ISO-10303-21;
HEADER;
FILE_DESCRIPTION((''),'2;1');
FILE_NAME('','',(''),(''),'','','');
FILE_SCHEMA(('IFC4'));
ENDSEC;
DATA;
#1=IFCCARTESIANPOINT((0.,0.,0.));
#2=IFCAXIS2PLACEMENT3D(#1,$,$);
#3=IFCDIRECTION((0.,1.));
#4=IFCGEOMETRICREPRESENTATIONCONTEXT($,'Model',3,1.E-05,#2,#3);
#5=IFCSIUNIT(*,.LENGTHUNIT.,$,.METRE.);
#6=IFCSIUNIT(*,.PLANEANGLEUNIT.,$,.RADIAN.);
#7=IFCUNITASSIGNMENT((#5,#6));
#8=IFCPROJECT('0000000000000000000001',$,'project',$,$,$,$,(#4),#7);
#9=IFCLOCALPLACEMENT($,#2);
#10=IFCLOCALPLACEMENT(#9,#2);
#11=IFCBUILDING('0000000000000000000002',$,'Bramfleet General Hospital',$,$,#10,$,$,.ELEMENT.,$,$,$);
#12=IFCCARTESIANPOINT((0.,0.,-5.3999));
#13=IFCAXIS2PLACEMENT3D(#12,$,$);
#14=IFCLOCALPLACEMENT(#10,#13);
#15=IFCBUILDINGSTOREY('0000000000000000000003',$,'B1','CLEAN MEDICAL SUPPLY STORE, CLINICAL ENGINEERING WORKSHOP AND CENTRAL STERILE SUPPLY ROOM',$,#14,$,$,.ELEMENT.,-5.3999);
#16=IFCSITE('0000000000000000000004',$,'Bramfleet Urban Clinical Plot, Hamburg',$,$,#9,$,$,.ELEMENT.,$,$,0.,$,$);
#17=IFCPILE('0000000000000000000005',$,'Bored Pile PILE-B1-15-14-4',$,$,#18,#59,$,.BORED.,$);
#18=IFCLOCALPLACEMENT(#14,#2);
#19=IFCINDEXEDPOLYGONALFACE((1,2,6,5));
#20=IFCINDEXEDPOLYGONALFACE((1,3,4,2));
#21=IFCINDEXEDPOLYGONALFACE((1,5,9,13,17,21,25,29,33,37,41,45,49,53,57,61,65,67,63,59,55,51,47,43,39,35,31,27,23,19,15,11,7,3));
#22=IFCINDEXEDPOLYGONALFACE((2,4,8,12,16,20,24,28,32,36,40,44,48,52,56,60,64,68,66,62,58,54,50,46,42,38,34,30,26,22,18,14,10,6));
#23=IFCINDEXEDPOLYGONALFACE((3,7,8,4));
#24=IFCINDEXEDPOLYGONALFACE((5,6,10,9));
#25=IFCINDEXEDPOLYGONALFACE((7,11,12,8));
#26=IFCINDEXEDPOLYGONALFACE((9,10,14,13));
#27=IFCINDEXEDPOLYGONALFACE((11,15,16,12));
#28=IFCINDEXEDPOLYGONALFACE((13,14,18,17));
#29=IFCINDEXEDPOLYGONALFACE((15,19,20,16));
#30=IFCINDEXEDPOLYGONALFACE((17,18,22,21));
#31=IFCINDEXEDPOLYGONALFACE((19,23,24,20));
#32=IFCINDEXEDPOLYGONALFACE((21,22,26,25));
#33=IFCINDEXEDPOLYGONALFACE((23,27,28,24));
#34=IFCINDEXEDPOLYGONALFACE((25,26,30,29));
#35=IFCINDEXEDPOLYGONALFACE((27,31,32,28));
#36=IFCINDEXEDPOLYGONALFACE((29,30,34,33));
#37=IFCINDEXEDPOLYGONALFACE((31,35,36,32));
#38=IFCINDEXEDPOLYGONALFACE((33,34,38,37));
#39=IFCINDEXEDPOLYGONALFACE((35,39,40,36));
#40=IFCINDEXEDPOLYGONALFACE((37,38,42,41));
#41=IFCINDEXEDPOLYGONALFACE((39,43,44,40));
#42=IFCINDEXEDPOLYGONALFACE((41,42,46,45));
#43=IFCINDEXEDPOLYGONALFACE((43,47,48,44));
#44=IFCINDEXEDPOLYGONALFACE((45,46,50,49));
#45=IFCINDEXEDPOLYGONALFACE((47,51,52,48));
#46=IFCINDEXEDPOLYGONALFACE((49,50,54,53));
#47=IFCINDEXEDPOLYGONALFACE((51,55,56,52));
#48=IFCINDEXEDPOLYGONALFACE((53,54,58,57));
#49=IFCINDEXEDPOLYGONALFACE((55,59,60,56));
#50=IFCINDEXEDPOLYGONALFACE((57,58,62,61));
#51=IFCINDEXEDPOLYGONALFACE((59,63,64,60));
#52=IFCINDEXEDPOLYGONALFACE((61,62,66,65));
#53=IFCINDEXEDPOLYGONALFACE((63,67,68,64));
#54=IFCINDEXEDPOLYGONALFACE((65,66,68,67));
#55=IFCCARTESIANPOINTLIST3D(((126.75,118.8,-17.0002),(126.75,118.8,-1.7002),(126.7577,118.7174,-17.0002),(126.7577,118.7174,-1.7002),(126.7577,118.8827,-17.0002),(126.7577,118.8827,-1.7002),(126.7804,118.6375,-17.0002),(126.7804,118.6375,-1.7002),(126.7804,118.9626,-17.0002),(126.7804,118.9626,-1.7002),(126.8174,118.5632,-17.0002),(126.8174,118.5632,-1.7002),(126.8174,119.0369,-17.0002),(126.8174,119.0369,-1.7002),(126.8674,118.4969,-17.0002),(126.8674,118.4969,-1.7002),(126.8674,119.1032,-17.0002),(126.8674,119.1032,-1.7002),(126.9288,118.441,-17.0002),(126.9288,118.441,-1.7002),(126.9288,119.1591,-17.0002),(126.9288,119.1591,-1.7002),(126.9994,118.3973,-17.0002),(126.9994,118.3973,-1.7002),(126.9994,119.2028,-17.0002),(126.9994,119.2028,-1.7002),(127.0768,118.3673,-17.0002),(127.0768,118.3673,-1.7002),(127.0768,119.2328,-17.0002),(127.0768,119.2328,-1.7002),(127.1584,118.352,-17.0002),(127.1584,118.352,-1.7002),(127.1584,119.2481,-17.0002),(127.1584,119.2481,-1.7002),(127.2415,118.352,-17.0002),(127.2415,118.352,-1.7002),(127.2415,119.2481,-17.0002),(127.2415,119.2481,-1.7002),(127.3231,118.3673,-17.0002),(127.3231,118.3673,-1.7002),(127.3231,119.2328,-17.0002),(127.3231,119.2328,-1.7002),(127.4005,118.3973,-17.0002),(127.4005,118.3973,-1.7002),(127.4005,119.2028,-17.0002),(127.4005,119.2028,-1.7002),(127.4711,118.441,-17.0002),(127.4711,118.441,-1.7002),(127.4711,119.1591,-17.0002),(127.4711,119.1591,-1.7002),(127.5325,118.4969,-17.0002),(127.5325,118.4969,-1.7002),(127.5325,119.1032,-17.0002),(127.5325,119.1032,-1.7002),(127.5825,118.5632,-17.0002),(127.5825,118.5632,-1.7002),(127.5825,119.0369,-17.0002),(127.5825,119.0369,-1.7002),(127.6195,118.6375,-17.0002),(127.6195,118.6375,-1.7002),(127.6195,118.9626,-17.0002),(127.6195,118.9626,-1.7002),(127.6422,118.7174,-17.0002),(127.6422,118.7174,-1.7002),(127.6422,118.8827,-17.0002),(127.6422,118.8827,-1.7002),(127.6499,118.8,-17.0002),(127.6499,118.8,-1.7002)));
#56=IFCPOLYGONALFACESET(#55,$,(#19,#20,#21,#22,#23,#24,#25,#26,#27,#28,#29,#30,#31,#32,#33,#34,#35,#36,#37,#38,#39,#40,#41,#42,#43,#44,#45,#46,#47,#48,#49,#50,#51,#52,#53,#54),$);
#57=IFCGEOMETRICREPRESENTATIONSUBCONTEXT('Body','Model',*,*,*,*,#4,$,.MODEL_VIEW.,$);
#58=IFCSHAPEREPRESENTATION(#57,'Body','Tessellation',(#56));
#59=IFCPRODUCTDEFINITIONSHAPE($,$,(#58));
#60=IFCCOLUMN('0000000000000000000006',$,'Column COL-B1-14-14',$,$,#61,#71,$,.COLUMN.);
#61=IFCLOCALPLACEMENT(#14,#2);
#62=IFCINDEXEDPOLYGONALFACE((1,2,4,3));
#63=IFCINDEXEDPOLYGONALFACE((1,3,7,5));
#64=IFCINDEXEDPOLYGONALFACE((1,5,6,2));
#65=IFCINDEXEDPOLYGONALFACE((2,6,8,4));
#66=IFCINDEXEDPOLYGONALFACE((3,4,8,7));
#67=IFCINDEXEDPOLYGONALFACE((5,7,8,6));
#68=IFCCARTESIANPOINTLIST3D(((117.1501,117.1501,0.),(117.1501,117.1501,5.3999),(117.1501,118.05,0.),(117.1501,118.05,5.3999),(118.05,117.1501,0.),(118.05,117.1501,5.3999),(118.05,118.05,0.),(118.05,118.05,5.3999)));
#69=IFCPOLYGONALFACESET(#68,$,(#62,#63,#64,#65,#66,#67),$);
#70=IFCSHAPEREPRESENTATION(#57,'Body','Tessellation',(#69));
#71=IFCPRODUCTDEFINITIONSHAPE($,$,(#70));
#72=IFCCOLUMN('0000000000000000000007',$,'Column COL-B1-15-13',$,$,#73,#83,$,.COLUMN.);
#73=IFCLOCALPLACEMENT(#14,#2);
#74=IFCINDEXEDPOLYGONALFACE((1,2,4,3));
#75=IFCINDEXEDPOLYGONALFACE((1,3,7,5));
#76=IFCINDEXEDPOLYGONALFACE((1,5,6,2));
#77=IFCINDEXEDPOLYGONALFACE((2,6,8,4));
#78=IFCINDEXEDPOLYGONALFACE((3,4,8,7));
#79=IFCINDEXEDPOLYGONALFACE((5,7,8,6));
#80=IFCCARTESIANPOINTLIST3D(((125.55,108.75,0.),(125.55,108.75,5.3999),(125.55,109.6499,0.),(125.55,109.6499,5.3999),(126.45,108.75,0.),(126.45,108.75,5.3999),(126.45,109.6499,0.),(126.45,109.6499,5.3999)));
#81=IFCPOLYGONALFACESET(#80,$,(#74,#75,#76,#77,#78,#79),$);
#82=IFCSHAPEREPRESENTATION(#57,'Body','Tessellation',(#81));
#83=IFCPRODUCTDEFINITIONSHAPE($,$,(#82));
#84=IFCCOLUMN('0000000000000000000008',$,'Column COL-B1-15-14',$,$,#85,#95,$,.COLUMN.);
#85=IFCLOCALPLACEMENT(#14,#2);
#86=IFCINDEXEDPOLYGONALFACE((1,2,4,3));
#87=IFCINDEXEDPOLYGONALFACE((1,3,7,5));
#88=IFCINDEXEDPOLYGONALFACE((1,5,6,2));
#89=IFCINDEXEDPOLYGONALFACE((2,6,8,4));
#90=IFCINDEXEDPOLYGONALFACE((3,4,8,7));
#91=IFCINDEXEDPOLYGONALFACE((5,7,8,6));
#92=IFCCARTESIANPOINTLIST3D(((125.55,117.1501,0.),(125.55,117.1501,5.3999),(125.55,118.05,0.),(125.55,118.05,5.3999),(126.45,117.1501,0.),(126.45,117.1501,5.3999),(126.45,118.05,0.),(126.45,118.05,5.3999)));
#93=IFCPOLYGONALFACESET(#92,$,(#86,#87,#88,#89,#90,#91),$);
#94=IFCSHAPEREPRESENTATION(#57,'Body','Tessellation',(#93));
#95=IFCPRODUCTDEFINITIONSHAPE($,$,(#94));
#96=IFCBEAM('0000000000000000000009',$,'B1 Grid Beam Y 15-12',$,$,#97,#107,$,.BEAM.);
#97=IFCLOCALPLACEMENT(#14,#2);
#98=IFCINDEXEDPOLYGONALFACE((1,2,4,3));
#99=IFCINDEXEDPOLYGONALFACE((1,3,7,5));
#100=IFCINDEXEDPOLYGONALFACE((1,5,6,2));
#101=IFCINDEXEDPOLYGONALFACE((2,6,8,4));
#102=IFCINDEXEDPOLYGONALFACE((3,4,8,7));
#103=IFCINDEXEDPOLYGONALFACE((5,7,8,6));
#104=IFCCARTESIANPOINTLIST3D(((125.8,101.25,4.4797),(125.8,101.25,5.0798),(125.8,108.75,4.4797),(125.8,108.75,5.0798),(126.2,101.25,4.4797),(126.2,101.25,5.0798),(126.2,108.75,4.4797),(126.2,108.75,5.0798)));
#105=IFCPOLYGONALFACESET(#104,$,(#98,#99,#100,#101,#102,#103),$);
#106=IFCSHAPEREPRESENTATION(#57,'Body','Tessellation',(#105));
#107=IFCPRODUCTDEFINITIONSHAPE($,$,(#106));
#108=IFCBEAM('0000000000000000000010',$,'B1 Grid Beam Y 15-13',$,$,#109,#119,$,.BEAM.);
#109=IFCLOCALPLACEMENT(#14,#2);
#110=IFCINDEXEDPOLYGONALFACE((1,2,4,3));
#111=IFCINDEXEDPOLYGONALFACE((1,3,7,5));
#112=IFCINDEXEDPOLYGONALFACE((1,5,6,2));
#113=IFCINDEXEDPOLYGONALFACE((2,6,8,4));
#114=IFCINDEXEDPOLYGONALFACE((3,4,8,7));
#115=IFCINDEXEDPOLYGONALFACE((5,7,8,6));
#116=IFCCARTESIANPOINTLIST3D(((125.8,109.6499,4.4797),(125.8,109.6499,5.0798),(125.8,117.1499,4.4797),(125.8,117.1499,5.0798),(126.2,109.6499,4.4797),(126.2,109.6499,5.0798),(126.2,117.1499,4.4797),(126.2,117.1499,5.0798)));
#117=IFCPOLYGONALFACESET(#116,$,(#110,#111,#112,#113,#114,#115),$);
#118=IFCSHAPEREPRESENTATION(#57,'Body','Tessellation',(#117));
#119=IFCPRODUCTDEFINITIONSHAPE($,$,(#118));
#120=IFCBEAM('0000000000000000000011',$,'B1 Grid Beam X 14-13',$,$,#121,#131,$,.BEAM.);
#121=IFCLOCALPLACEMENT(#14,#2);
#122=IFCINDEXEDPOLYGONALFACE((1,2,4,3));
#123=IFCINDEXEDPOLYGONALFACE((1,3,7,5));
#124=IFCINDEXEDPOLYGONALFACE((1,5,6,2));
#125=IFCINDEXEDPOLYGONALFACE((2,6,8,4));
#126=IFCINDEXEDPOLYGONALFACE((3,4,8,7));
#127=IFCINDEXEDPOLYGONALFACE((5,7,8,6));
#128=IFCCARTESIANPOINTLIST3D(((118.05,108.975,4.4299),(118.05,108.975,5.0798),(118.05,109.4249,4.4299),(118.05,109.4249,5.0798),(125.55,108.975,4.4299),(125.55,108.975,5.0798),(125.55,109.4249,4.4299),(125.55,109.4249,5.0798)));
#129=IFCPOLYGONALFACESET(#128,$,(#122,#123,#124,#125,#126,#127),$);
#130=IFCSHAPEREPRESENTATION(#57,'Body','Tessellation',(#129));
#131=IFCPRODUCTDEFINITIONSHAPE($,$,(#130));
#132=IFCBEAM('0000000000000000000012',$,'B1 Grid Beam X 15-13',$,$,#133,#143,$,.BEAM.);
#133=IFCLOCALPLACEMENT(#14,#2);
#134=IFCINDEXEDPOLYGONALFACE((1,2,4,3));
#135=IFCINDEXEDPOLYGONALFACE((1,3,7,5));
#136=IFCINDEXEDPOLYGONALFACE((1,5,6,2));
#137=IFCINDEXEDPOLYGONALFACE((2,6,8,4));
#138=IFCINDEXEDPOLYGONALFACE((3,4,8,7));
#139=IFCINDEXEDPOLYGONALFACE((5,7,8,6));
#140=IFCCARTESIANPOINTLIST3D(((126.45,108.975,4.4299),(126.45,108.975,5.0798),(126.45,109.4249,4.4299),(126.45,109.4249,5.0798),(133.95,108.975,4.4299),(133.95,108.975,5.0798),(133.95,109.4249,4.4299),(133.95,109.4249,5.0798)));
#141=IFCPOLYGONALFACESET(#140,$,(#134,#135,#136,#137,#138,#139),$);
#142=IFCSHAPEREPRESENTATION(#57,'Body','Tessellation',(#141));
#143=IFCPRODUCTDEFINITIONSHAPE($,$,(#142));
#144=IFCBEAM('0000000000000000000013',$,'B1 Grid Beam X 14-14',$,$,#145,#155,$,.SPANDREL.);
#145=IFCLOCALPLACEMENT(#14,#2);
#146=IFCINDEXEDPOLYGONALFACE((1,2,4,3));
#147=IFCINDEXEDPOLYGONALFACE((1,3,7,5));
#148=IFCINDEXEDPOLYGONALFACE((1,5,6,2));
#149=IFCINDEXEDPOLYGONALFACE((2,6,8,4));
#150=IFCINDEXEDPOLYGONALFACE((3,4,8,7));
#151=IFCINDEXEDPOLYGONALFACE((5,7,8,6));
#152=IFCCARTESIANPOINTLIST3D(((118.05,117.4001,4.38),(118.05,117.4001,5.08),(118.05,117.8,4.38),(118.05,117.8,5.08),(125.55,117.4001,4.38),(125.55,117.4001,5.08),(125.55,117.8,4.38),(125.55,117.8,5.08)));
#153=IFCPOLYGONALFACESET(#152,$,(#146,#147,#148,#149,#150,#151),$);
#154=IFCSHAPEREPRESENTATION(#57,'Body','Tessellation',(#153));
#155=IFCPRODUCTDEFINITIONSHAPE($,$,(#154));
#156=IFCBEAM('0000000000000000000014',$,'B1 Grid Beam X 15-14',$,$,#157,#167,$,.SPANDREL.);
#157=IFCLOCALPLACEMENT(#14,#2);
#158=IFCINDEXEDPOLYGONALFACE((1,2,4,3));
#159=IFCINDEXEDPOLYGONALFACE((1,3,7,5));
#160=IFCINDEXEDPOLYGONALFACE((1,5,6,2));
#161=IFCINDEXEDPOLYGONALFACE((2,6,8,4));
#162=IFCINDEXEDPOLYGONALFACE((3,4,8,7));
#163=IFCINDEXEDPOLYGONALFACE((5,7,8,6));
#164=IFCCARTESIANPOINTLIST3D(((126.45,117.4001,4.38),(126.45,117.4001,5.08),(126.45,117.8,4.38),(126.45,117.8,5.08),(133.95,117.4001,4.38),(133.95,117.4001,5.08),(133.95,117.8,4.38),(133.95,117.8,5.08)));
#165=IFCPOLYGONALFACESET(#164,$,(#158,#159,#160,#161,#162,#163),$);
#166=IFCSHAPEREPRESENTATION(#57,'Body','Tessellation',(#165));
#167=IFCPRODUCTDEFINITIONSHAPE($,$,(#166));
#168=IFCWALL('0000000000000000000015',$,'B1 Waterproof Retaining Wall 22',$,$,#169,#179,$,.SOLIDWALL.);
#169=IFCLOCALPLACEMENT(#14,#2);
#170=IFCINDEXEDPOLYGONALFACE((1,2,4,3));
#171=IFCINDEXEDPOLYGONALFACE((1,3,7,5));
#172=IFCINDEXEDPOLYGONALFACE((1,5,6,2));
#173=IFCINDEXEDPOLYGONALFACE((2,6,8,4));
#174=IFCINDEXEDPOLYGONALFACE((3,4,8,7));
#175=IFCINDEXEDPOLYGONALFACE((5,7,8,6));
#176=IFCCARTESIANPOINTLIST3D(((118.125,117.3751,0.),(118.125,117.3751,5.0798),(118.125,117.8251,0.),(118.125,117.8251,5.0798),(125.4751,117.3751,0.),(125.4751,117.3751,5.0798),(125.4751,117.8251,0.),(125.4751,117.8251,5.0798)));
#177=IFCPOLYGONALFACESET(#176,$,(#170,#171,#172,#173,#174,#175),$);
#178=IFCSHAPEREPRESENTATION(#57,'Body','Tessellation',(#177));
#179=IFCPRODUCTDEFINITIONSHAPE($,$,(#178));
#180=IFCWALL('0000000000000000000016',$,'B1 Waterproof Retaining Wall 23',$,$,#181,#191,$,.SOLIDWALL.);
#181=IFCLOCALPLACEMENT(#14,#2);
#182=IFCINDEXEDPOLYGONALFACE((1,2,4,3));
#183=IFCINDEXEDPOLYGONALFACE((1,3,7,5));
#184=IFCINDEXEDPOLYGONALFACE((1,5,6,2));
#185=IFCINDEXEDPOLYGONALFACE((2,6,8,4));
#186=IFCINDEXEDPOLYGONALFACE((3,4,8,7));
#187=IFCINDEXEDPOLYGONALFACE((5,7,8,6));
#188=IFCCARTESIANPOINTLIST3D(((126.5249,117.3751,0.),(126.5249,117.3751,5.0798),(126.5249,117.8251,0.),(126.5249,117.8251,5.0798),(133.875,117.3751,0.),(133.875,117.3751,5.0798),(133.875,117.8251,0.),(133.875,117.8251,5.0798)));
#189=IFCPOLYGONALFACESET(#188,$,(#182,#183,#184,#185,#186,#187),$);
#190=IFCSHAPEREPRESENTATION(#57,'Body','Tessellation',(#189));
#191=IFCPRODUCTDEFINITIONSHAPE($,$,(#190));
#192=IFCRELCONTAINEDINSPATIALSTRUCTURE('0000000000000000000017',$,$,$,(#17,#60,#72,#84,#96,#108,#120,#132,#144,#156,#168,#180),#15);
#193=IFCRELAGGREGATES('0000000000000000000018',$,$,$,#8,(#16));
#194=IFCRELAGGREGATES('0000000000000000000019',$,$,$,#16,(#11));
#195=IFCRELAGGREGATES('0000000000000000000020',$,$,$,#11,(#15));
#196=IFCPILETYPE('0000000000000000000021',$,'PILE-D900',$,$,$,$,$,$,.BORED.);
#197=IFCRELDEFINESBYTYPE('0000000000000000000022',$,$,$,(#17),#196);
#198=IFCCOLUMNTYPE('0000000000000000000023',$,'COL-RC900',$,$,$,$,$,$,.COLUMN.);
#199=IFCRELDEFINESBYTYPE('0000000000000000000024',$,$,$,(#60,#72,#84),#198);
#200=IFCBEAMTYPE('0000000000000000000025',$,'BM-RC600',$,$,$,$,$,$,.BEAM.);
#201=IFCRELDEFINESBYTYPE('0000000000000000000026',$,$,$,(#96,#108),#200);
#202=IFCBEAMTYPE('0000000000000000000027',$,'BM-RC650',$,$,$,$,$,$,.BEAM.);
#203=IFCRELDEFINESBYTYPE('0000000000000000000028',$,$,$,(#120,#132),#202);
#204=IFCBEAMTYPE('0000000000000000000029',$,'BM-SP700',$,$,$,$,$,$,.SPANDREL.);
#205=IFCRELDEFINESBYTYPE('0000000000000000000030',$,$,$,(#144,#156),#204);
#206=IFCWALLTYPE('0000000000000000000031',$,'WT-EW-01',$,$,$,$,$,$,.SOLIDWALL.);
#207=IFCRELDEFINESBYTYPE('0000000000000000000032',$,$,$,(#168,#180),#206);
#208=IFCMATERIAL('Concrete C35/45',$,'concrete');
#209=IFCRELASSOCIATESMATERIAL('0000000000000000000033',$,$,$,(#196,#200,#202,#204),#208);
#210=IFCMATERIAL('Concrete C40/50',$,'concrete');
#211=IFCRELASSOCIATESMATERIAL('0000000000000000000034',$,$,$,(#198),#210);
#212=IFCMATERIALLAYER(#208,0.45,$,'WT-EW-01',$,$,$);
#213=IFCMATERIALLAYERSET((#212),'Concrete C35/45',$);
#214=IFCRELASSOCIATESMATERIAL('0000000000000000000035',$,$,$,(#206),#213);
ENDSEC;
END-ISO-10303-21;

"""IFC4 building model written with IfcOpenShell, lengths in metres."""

from ifc_helpers import new_model, si_unit, direction, frame, frame_2d, origin, origin_2d, place, context, subcontext, project, spatial, rectangle, circle, extrude, material, layer, layer_set, material_profile, profile_set, type_object, element, save


model = new_model("IFC4")

# Units and contexts
model_context = context("Model", 3, precision=1e-05, world=origin(), true_north=direction((0.0, 1.0)))
body_context = subcontext(model_context, "Body", "Model", "MODEL_VIEW")
ifc_project = project(units=[si_unit("LENGTHUNIT", "METRE"), si_unit("PLANEANGLEUNIT", "RADIAN")], contexts=[model_context])

# Site, building, storey
site_placement = place(None, origin())
site = spatial("IfcSite", under=ifc_project, at=site_placement, Name="Bramfleet Urban Clinical Plot, Hamburg", CompositionType="ELEMENT", RefElevation=0.0)
building_placement = place(site_placement, origin())
building = spatial("IfcBuilding", under=site, at=building_placement, Name="Bramfleet General Hospital", CompositionType="ELEMENT")
storey_placement = place(building_placement, frame((0.0, 0.0, -5.3999)))
storey = spatial("IfcBuildingStorey", under=building, at=storey_placement, Name="B1", Description="CLEAN MEDICAL SUPPLY STORE, CLINICAL ENGINEERING WORKSHOP AND CENTRAL STERILE SUPPLY ROOM", CompositionType="ELEMENT", Elevation=-5.3999)

# Shared definitions
ifc_material_1 = material(Name="Concrete C35/45", Category="concrete")

# Pile
ifc_material_profile_1 = material_profile(ifc_material_1, circle(Radius=0.45, at=origin_2d()), Name="PILE BORED D900")
ifc_profile_set_1 = profile_set([ifc_material_profile_1], Name="Concrete C35/45")
pile_type_1 = type_object("IfcPileType", Name="PILE-D900", PredefinedType="BORED", material=ifc_profile_set_1)
for number, where, z_axis, x_axis, name in (
    (1, (127.2, 118.8, -1.7002), (0.0, 0.0, -1.0), (1.0, 0.0, 0.0), "Bored Pile PILE-B1-15-14-4"),
):
    element("IfcPile", number, at=place(storey_placement, frame(where, z_axis=z_axis, x_axis=x_axis)), inside=storey, type_object=pile_type_1, Name=name, PredefinedType="BORED", context=body_context, shape_type="SweptSolid", body=[
        extrude(circle(Radius=0.45, at=origin_2d()), origin(), (0.0, 0.0, 1.0), 15.3),
    ])

# Columns
ifc_material_2 = material(Name="Concrete C40/50", Category="concrete")
ifc_material_profile_2 = material_profile(ifc_material_2, rectangle(XDim=0.8999, YDim=0.8999, at=origin_2d()), Name="RC COL 900x900")
ifc_profile_set_2 = profile_set([ifc_material_profile_2], Name="Concrete C40/50")
column_type = type_object("IfcColumnType", Name="COL-RC900", PredefinedType="COLUMN", material=ifc_profile_set_2)
for number, where, z_axis, x_axis, name in (
    (2, (117.6001, 117.6001, 0.0), (0.0, 0.0, 1.0), (1.0, 0.0, 0.0), "Column COL-B1-14-14"),
    (3, (126.0, 109.2, 0.0), (0.0, 0.0, 1.0), (1.0, 0.0, 0.0), "Column COL-B1-15-13"),
    (4, (126.0, 117.6001, 0.0), (0.0, 0.0, 1.0), (1.0, 0.0, 0.0), "Column COL-B1-15-14"),
):
    element("IfcColumn", number, at=place(storey_placement, frame(where, z_axis=z_axis, x_axis=x_axis)), inside=storey, type_object=column_type, Name=name, PredefinedType="COLUMN", context=body_context, shape_type="SweptSolid", body=[
        extrude(rectangle(XDim=0.8999, YDim=0.8999, at=origin_2d()), origin(), (0.0, 0.0, 1.0), 5.3999),
    ])

# Beams
ifc_material_profile_3 = material_profile(ifc_material_1, rectangle(XDim=0.3999, YDim=0.6001, at=origin_2d()), Name="RC BM 600x400")
ifc_profile_set_3 = profile_set([ifc_material_profile_3], Name="Concrete C35/45")
beam_type_1 = type_object("IfcBeamType", Name="BM-RC600", PredefinedType="BEAM", material=ifc_profile_set_3)
for number, where, z_axis, x_axis, name in (
    (5, (126.0, 101.25, 4.7798), (0.0, 1.0, 0.0), (-1.0, 0.0, 0.0), "B1 Grid Beam Y 15-12"),
    (6, (126.0, 109.6499, 4.7798), (0.0, 1.0, 0.0), (-1.0, 0.0, 0.0), "B1 Grid Beam Y 15-13"),
):
    element("IfcBeam", number, at=place(storey_placement, frame(where, z_axis=z_axis, x_axis=x_axis)), inside=storey, type_object=beam_type_1, Name=name, PredefinedType="BEAM", context=body_context, shape_type="SweptSolid", body=[
        extrude(rectangle(XDim=0.3999, YDim=0.6001, at=origin_2d()), origin(), (0.0, 0.0, 1.0), 7.5),
    ])
ifc_material_profile_4 = material_profile(ifc_material_1, rectangle(XDim=0.45, YDim=0.6499, at=origin_2d()), Name="RC BM 650x450")
ifc_profile_set_4 = profile_set([ifc_material_profile_4], Name="Concrete C35/45")
beam_type_2 = type_object("IfcBeamType", Name="BM-RC650", PredefinedType="BEAM", material=ifc_profile_set_4)
for number, where, z_axis, x_axis, name in (
    (7, (118.05, 109.2, 4.7549), (1.0, 0.0, 0.0), (0.0, 1.0, 0.0), "B1 Grid Beam X 14-13"),
    (8, (126.45, 109.2, 4.7549), (1.0, 0.0, 0.0), (0.0, 1.0, 0.0), "B1 Grid Beam X 15-13"),
):
    element("IfcBeam", number, at=place(storey_placement, frame(where, z_axis=z_axis, x_axis=x_axis)), inside=storey, type_object=beam_type_2, Name=name, PredefinedType="BEAM", context=body_context, shape_type="SweptSolid", body=[
        extrude(rectangle(XDim=0.45, YDim=0.6499, at=origin_2d()), origin(), (0.0, 0.0, 1.0), 7.5),
    ])
ifc_material_profile_5 = material_profile(ifc_material_1, rectangle(XDim=0.3999, YDim=0.7, at=origin_2d()), Name="RC SP 700x400")
ifc_profile_set_5 = profile_set([ifc_material_profile_5], Name="Concrete C35/45")
beam_type_3 = type_object("IfcBeamType", Name="BM-SP700", PredefinedType="SPANDREL", material=ifc_profile_set_5)
for number, where, z_axis, x_axis, name in (
    (9, (118.05, 117.6001, 4.73), (1.0, 0.0, 0.0), (0.0, 1.0, 0.0), "B1 Grid Beam X 14-14"),
    (10, (126.45, 117.6001, 4.73), (1.0, 0.0, 0.0), (0.0, 1.0, 0.0), "B1 Grid Beam X 15-14"),
):
    element("IfcBeam", number, at=place(storey_placement, frame(where, z_axis=z_axis, x_axis=x_axis)), inside=storey, type_object=beam_type_3, Name=name, PredefinedType="SPANDREL", context=body_context, shape_type="SweptSolid", body=[
        extrude(rectangle(XDim=0.3999, YDim=0.7, at=origin_2d()), origin(), (0.0, 0.0, 1.0), 7.5),
    ])

# Walls
ifc_layer = layer(ifc_material_1, 0.45, Name="WT-EW-01")
ifc_layer_set = layer_set([ifc_layer], Name="Concrete C35/45")
wall_type = type_object("IfcWallType", Name="WT-EW-01", PredefinedType="SOLIDWALL", material=ifc_layer_set)
for number, where, z_axis, x_axis, name in (
    (11, (118.125, 117.6001, 0.0), (0.0, 0.0, 1.0), (1.0, 0.0, 0.0), "B1 Waterproof Retaining Wall 22"),
    (12, (126.5249, 117.6001, 0.0), (0.0, 0.0, 1.0), (1.0, 0.0, 0.0), "B1 Waterproof Retaining Wall 23"),
):
    element("IfcWall", number, at=place(storey_placement, frame(where, z_axis=z_axis, x_axis=x_axis)), inside=storey, type_object=wall_type, Name=name, PredefinedType="SOLIDWALL", context=body_context, shape_type="SweptSolid", body=[
        extrude(rectangle(XDim=7.3501, YDim=0.45, at=frame_2d((3.675, 0.0))), origin(), (0.0, 0.0, 1.0), 5.0798),
    ])

save(model, "model.ifc")
